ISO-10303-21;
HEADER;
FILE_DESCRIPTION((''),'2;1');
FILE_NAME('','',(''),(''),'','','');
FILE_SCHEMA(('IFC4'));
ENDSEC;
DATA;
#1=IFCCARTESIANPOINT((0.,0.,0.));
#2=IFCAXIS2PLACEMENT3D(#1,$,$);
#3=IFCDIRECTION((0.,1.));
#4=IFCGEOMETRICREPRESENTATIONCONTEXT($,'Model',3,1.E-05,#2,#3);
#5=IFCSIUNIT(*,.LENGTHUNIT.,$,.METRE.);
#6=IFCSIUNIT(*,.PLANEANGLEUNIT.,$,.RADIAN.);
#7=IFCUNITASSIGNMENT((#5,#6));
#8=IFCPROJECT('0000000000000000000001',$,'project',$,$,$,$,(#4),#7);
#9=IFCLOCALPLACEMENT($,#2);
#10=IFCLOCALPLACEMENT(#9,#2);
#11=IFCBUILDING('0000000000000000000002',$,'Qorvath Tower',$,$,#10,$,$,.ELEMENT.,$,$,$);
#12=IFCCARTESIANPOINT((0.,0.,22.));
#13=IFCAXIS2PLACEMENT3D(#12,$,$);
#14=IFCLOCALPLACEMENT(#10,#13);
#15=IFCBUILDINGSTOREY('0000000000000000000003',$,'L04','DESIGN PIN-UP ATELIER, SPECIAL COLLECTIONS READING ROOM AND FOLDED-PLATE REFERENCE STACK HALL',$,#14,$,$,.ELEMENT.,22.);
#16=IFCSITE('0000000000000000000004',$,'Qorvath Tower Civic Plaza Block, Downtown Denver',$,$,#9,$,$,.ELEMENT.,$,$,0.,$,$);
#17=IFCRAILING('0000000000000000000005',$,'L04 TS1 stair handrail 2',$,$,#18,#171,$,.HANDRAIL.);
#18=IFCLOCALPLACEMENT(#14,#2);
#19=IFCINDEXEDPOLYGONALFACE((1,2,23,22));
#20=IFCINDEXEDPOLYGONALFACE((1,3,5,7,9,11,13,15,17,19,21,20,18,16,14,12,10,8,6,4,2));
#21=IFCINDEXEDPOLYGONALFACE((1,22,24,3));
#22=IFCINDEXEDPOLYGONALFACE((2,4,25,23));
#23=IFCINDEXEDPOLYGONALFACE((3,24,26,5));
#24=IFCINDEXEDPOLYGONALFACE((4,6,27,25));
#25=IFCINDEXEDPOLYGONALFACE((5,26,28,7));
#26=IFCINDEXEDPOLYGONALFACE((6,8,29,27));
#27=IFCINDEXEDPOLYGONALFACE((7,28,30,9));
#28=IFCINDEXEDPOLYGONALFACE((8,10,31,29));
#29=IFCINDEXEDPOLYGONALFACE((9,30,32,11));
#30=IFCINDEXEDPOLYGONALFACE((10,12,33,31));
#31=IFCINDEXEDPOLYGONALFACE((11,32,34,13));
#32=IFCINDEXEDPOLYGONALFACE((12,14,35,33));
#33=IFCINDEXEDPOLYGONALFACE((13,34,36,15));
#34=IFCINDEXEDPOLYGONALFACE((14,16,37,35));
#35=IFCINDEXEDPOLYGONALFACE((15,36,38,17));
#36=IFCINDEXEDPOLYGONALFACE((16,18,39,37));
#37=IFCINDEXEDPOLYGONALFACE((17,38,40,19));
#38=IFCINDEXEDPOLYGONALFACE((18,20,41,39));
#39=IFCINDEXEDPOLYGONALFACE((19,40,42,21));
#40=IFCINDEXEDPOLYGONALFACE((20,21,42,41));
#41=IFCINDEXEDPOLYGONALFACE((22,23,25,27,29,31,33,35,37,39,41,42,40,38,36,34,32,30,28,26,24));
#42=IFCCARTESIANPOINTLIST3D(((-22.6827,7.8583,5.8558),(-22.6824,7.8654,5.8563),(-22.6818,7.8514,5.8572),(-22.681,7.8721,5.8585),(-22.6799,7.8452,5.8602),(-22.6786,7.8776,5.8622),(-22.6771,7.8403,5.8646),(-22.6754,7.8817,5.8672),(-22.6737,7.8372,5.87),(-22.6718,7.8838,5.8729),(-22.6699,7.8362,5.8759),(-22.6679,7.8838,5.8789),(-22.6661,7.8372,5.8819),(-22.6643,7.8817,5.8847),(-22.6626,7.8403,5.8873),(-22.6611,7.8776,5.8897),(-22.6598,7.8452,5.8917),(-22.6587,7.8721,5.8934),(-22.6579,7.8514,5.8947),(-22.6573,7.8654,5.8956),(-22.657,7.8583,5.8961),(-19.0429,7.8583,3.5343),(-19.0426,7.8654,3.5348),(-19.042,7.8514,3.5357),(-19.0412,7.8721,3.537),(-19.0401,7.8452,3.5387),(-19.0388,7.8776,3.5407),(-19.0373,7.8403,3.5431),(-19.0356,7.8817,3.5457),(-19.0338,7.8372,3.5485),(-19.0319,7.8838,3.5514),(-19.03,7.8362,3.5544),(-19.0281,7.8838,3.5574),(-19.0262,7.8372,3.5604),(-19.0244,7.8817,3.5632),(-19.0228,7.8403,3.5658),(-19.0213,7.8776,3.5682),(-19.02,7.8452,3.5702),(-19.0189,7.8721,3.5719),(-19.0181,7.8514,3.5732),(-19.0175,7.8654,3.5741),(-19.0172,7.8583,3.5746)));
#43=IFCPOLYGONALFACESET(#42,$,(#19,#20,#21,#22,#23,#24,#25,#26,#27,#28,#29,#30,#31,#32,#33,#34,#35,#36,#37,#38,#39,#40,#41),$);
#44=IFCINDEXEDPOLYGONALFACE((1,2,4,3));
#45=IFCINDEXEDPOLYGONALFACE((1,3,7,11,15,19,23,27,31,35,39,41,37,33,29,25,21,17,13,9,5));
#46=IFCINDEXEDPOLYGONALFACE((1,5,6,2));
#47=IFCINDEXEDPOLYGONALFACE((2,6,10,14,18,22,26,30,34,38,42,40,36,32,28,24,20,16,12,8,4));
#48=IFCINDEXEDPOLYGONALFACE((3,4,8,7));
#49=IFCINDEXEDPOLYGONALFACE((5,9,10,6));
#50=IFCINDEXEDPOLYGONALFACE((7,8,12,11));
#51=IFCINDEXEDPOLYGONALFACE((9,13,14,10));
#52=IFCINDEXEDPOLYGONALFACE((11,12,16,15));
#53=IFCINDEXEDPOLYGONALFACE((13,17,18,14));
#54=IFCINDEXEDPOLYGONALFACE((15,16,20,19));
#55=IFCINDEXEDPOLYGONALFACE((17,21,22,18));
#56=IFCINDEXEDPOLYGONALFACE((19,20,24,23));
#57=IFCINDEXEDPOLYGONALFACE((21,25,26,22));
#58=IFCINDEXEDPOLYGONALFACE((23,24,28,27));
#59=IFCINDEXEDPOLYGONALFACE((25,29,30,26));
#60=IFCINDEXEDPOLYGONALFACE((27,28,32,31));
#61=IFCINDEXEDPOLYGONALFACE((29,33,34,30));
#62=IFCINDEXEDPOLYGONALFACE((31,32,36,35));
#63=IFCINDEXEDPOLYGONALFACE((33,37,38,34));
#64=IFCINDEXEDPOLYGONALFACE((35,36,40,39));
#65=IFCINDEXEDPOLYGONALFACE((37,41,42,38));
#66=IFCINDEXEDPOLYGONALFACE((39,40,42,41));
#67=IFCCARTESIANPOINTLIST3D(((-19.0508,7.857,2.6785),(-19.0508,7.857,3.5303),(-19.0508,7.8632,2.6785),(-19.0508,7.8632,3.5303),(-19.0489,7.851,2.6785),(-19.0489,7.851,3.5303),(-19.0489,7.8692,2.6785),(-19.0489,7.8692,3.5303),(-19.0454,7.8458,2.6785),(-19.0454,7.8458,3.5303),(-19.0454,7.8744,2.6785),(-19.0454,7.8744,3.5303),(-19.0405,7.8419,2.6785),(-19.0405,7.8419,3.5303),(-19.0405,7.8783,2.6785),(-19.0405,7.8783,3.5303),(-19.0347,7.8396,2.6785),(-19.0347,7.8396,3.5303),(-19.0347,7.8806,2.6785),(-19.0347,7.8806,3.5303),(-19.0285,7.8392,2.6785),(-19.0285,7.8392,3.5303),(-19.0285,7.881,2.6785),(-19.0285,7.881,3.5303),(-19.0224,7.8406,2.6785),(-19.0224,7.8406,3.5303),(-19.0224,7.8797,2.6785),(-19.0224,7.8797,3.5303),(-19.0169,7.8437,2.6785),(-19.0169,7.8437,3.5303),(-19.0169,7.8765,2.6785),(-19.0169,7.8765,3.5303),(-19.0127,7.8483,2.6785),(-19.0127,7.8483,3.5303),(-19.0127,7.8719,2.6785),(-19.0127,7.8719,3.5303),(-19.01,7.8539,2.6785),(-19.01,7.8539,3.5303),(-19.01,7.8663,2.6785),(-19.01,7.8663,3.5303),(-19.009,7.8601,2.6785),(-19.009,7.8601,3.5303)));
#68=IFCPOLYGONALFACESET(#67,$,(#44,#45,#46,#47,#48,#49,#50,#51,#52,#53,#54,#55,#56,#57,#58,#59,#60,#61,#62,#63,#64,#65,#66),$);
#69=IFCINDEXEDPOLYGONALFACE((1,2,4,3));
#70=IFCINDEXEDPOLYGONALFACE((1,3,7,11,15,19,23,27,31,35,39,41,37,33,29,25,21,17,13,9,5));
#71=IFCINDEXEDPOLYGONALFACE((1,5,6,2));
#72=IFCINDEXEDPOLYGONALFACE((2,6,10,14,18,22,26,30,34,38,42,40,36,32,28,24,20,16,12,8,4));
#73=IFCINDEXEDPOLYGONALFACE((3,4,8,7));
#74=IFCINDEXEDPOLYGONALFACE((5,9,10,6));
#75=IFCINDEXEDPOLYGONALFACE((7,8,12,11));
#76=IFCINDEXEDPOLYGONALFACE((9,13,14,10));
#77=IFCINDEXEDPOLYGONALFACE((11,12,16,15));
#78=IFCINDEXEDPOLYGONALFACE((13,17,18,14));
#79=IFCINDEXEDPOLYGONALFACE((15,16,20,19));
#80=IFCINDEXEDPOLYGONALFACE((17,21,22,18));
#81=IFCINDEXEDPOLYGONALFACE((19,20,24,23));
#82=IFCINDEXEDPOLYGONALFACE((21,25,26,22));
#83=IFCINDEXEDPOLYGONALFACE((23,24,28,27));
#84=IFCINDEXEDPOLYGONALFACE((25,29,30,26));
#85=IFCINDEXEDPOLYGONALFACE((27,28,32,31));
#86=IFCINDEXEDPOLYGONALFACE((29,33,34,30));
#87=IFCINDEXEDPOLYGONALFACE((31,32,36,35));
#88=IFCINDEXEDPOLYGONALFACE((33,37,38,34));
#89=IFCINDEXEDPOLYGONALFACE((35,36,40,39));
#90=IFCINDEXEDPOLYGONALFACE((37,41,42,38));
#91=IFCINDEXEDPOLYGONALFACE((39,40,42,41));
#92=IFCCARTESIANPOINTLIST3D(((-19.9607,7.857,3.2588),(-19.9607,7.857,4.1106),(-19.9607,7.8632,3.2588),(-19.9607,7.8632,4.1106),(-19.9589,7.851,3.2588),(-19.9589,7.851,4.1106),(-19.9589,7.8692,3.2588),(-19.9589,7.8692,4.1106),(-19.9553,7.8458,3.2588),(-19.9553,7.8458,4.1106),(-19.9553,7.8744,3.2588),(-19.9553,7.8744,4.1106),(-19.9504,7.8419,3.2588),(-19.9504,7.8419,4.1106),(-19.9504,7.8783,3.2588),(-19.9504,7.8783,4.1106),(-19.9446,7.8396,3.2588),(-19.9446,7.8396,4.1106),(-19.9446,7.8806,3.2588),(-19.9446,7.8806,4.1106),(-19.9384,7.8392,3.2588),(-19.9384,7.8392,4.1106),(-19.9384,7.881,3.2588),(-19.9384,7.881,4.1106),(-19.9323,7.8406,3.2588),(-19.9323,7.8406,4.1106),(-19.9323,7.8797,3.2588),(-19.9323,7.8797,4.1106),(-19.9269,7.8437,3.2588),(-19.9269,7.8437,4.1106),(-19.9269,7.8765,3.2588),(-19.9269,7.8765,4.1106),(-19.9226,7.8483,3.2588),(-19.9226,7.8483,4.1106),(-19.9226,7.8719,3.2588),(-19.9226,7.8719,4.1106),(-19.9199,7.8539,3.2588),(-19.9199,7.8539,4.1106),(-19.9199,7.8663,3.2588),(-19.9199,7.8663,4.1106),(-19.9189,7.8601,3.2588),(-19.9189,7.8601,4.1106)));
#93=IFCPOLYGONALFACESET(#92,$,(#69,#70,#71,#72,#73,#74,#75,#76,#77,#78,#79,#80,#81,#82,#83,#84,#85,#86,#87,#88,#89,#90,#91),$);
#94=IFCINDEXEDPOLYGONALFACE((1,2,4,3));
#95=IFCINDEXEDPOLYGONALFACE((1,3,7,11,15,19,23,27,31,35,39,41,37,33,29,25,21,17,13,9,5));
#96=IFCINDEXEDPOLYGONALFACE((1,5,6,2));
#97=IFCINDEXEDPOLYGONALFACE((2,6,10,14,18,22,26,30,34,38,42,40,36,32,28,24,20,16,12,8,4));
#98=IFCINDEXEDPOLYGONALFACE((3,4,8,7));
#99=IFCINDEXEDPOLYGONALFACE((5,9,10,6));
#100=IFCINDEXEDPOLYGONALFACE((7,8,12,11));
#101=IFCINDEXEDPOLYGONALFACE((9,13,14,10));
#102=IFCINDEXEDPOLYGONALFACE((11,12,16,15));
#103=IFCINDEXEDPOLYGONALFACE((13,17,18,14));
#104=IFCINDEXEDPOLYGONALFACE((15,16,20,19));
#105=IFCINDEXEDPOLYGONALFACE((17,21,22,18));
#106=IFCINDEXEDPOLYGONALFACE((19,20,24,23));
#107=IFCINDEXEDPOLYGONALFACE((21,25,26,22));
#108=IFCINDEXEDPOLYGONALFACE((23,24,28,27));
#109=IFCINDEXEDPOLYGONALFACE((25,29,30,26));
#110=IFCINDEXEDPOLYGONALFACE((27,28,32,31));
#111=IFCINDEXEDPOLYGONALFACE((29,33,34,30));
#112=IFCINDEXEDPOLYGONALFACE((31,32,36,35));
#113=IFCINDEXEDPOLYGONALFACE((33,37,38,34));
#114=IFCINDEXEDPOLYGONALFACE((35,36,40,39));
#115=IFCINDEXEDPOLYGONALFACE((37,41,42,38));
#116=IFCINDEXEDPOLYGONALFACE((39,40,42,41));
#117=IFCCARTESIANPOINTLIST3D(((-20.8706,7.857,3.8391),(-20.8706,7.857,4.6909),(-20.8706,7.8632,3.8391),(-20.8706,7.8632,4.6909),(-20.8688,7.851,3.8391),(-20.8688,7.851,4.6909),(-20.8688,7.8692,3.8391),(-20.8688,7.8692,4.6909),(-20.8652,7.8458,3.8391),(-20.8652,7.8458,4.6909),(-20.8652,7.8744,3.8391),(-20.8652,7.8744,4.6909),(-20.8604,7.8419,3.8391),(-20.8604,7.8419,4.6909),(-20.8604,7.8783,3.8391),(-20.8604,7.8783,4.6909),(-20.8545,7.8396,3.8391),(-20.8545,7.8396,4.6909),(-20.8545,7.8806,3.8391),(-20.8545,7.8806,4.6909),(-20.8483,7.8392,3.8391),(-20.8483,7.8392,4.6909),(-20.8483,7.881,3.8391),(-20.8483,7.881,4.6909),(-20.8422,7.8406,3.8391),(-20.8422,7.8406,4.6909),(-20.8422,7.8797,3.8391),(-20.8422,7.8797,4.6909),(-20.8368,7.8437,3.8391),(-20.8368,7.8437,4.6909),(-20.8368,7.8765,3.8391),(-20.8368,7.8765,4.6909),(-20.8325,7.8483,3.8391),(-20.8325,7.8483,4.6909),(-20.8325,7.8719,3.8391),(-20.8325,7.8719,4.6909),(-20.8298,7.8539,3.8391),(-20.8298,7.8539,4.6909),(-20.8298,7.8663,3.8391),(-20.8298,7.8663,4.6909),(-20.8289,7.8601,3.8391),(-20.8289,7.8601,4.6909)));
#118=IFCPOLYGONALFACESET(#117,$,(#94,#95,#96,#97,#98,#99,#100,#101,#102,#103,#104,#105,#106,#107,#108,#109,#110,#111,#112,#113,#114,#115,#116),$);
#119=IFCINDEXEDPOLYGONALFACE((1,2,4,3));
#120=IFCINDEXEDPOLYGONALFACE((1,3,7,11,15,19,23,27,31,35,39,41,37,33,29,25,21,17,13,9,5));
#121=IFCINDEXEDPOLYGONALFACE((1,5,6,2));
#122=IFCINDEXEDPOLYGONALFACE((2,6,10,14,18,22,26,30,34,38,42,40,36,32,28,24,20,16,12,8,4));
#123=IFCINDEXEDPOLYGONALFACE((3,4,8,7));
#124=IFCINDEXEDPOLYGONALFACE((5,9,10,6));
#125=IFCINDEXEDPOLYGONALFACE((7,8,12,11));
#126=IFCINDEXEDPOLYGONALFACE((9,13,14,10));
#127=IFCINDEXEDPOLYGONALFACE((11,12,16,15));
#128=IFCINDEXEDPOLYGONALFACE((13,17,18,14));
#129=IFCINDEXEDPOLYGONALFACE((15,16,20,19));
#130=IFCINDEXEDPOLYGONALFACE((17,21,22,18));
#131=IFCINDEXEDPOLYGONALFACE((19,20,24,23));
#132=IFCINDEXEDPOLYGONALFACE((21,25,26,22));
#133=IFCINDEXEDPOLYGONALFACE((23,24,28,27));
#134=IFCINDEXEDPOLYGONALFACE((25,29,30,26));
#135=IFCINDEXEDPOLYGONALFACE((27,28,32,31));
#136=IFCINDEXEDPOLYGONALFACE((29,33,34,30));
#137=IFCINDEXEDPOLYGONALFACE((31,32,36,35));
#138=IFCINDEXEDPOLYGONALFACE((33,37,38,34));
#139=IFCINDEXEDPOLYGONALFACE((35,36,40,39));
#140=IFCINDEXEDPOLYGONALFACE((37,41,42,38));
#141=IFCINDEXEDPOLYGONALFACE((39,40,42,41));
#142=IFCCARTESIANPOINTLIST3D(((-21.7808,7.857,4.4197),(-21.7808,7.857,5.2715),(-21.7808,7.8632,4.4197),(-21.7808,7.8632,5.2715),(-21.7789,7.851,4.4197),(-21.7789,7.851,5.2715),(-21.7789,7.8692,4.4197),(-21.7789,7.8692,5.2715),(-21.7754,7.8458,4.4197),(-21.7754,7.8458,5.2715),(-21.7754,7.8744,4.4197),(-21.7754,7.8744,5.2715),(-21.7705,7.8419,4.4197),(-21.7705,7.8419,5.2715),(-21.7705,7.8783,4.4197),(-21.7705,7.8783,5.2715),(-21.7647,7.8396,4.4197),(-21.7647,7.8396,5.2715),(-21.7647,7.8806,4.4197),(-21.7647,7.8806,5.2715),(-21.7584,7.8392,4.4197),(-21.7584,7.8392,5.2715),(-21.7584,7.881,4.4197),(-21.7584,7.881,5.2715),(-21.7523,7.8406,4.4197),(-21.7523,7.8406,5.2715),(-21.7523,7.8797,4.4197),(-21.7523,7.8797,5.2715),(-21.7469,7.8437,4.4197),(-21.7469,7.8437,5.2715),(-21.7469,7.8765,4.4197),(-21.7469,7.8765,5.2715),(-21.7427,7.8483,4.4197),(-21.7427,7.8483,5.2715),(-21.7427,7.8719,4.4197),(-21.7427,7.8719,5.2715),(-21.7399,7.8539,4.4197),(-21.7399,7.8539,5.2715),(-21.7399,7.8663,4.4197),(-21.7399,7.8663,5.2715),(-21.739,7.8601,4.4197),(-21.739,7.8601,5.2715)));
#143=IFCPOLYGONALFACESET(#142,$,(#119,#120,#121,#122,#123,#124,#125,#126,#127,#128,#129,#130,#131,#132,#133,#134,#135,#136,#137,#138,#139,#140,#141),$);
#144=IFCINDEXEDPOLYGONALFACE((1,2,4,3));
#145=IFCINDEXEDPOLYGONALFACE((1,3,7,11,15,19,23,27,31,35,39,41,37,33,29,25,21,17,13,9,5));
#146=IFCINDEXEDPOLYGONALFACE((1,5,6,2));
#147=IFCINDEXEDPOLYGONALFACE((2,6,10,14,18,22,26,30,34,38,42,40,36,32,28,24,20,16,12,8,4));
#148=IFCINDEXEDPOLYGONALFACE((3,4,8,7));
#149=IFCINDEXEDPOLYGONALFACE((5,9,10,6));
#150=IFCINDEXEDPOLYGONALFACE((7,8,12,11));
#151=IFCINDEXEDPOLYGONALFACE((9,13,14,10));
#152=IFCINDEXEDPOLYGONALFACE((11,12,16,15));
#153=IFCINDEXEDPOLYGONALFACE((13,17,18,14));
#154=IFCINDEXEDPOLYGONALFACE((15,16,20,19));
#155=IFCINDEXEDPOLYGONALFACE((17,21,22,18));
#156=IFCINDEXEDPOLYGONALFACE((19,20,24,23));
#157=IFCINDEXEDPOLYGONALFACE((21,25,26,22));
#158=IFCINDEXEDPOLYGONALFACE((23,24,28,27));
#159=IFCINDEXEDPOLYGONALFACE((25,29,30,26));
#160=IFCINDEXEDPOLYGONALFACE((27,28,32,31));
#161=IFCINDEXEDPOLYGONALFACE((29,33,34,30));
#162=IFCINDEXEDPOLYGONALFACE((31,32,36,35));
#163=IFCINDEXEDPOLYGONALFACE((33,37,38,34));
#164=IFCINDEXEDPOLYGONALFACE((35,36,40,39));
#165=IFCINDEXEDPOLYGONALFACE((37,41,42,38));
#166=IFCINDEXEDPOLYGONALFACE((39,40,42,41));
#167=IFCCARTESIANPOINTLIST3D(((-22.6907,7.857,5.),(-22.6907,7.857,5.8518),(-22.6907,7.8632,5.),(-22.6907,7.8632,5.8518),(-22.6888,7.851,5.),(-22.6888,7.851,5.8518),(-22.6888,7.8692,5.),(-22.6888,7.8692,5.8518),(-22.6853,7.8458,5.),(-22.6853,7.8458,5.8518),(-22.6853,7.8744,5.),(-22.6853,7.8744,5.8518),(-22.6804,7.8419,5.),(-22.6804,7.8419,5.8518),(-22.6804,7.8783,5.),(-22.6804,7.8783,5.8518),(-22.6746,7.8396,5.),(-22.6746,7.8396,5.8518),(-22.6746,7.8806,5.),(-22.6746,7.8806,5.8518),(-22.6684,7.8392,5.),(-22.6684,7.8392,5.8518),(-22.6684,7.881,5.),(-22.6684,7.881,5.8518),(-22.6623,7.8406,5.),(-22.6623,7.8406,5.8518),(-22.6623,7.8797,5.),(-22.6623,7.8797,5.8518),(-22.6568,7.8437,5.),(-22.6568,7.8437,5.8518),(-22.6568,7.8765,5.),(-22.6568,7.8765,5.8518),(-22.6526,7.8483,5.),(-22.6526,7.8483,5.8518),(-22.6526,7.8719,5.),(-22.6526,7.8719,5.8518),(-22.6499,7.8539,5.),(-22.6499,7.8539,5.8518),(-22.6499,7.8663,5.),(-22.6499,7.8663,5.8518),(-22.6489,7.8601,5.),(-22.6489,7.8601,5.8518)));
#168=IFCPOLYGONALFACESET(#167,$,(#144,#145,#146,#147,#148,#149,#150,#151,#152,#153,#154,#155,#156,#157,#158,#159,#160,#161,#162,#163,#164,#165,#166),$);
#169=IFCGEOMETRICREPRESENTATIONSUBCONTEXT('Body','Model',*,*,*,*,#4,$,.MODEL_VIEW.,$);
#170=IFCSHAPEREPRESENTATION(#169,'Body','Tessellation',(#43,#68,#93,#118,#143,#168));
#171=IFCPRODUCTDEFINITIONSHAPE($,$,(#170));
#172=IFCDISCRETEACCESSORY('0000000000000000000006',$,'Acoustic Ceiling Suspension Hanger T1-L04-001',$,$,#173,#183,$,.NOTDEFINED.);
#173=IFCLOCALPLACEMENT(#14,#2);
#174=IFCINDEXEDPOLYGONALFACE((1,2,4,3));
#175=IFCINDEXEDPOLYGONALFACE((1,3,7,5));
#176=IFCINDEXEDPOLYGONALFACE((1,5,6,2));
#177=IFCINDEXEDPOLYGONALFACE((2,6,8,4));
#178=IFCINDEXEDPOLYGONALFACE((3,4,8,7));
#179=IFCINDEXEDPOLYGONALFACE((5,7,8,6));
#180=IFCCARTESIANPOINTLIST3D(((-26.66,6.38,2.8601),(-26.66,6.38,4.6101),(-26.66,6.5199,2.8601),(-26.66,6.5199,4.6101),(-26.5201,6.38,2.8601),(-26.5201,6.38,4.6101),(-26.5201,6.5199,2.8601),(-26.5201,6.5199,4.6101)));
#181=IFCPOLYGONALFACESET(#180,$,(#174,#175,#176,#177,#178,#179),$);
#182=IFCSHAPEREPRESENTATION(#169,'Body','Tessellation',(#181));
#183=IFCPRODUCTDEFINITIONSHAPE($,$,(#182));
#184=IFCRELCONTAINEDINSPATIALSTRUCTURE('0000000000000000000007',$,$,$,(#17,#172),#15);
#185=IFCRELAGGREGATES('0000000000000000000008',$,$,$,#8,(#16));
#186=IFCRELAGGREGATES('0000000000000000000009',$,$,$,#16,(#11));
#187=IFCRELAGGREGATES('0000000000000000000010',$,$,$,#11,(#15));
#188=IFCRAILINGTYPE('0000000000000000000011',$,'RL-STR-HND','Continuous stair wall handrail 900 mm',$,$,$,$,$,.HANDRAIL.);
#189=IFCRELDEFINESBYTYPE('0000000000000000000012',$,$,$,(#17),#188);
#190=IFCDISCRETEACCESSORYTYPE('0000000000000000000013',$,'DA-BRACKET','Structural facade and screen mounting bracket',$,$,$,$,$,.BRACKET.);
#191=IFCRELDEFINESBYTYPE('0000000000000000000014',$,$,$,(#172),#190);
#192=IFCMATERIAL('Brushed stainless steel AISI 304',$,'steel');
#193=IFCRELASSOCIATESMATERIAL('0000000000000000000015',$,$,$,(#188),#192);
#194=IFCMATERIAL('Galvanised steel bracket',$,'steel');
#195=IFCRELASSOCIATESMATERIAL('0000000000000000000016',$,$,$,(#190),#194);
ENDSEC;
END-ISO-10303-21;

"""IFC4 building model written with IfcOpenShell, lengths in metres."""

from ifc_helpers import new_model, si_unit, direction, frame, origin, origin_2d, place, context, subcontext, project, spatial, rectangle, circle, extrude, material, type_object, element, save


model = new_model("IFC4")

# Units and contexts
model_context = context("Model", 3, precision=1e-05, world=origin(), true_north=direction((0.0, 1.0)))
body_context = subcontext(model_context, "Body", "Model", "MODEL_VIEW")
ifc_project = project(units=[si_unit("LENGTHUNIT", "METRE"), si_unit("PLANEANGLEUNIT", "RADIAN")], contexts=[model_context])

# Site, building, storey
site_placement = place(None, origin())
site = spatial("IfcSite", under=ifc_project, at=site_placement, Name="Qorvath Tower Civic Plaza Block, Downtown Denver", CompositionType="ELEMENT", RefElevation=0.0)
building_placement = place(site_placement, origin())
building = spatial("IfcBuilding", under=site, at=building_placement, Name="Qorvath Tower", CompositionType="ELEMENT")
storey_placement = place(building_placement, frame((0.0, 0.0, 22.0)))
storey = spatial("IfcBuildingStorey", under=building, at=storey_placement, Name="L04", Description="DESIGN PIN-UP ATELIER, SPECIAL COLLECTIONS READING ROOM AND FOLDED-PLATE REFERENCE STACK HALL", CompositionType="ELEMENT", Elevation=22.0)

# Railing
ifc_material_1 = material(Name="Brushed stainless steel AISI 304", Category="steel")
railing_type_1 = type_object("IfcRailingType", Name="RL-STR-HND", Description="Continuous stair wall handrail 900 mm", PredefinedType="HANDRAIL", material=ifc_material_1)
railing_1_placement = place(storey_placement, frame((-19.03, 7.8601, 2.6785)))
element("IfcRailing", 1, at=railing_1_placement, inside=storey, type_object=railing_type_1, Name="L04 TS1 stair handrail 2", PredefinedType="HANDRAIL", context=body_context, shape_type="SweptSolid", body=[
    extrude(circle(Radius=0.0239, at=origin_2d()), frame((0.0, 0.0, 0.876), z_axis=(-0.843112, 0.0, 0.537739), x_axis=(0.0, -1.0, 0.0)), (0.0, 0.0, 1.0), 4.3171),
    extrude(circle(Radius=0.021, at=origin_2d()), origin(), (0.0, 0.0, 1.0), 0.8518),
    extrude(circle(Radius=0.021, at=origin_2d()), frame((-0.9099, 0.0, 0.5803)), (0.0, 0.0, 1.0), 0.8518),
    extrude(circle(Radius=0.021, at=origin_2d()), frame((-1.8198, 0.0, 1.1606)), (0.0, 0.0, 1.0), 0.8518),
    extrude(circle(Radius=0.021, at=origin_2d()), frame((-2.73, 0.0, 1.7412)), (0.0, 0.0, 1.0), 0.8518),
    extrude(circle(Radius=0.021, at=origin_2d()), frame((-3.6399, 0.0, 2.3215)), (0.0, 0.0, 1.0), 0.8518),
])

# Discrete accessory
ifc_material_2 = material(Name="Galvanised steel bracket", Category="steel")
discrete_accessory_type = type_object("IfcDiscreteAccessoryType", Name="DA-BRACKET", Description="Structural facade and screen mounting bracket", PredefinedType="BRACKET", material=ifc_material_2)
discrete_accessory_placement = place(storey_placement, frame((-26.5901, 6.45, 2.8601), z_axis=(0.0, 0.0, 1.0), x_axis=(1.0, 0.0, 0.0)))
element("IfcDiscreteAccessory", 2, at=discrete_accessory_placement, inside=storey, type_object=discrete_accessory_type, Name="Acoustic Ceiling Suspension Hanger T1-L04-001", PredefinedType="NOTDEFINED", context=body_context, shape_type="SweptSolid", body=[
    extrude(rectangle(XDim=0.1399, YDim=0.1399, at=origin_2d()), origin(), (0.0, 0.0, 1.0), 1.75),
])

save(model, "model.ifc")
